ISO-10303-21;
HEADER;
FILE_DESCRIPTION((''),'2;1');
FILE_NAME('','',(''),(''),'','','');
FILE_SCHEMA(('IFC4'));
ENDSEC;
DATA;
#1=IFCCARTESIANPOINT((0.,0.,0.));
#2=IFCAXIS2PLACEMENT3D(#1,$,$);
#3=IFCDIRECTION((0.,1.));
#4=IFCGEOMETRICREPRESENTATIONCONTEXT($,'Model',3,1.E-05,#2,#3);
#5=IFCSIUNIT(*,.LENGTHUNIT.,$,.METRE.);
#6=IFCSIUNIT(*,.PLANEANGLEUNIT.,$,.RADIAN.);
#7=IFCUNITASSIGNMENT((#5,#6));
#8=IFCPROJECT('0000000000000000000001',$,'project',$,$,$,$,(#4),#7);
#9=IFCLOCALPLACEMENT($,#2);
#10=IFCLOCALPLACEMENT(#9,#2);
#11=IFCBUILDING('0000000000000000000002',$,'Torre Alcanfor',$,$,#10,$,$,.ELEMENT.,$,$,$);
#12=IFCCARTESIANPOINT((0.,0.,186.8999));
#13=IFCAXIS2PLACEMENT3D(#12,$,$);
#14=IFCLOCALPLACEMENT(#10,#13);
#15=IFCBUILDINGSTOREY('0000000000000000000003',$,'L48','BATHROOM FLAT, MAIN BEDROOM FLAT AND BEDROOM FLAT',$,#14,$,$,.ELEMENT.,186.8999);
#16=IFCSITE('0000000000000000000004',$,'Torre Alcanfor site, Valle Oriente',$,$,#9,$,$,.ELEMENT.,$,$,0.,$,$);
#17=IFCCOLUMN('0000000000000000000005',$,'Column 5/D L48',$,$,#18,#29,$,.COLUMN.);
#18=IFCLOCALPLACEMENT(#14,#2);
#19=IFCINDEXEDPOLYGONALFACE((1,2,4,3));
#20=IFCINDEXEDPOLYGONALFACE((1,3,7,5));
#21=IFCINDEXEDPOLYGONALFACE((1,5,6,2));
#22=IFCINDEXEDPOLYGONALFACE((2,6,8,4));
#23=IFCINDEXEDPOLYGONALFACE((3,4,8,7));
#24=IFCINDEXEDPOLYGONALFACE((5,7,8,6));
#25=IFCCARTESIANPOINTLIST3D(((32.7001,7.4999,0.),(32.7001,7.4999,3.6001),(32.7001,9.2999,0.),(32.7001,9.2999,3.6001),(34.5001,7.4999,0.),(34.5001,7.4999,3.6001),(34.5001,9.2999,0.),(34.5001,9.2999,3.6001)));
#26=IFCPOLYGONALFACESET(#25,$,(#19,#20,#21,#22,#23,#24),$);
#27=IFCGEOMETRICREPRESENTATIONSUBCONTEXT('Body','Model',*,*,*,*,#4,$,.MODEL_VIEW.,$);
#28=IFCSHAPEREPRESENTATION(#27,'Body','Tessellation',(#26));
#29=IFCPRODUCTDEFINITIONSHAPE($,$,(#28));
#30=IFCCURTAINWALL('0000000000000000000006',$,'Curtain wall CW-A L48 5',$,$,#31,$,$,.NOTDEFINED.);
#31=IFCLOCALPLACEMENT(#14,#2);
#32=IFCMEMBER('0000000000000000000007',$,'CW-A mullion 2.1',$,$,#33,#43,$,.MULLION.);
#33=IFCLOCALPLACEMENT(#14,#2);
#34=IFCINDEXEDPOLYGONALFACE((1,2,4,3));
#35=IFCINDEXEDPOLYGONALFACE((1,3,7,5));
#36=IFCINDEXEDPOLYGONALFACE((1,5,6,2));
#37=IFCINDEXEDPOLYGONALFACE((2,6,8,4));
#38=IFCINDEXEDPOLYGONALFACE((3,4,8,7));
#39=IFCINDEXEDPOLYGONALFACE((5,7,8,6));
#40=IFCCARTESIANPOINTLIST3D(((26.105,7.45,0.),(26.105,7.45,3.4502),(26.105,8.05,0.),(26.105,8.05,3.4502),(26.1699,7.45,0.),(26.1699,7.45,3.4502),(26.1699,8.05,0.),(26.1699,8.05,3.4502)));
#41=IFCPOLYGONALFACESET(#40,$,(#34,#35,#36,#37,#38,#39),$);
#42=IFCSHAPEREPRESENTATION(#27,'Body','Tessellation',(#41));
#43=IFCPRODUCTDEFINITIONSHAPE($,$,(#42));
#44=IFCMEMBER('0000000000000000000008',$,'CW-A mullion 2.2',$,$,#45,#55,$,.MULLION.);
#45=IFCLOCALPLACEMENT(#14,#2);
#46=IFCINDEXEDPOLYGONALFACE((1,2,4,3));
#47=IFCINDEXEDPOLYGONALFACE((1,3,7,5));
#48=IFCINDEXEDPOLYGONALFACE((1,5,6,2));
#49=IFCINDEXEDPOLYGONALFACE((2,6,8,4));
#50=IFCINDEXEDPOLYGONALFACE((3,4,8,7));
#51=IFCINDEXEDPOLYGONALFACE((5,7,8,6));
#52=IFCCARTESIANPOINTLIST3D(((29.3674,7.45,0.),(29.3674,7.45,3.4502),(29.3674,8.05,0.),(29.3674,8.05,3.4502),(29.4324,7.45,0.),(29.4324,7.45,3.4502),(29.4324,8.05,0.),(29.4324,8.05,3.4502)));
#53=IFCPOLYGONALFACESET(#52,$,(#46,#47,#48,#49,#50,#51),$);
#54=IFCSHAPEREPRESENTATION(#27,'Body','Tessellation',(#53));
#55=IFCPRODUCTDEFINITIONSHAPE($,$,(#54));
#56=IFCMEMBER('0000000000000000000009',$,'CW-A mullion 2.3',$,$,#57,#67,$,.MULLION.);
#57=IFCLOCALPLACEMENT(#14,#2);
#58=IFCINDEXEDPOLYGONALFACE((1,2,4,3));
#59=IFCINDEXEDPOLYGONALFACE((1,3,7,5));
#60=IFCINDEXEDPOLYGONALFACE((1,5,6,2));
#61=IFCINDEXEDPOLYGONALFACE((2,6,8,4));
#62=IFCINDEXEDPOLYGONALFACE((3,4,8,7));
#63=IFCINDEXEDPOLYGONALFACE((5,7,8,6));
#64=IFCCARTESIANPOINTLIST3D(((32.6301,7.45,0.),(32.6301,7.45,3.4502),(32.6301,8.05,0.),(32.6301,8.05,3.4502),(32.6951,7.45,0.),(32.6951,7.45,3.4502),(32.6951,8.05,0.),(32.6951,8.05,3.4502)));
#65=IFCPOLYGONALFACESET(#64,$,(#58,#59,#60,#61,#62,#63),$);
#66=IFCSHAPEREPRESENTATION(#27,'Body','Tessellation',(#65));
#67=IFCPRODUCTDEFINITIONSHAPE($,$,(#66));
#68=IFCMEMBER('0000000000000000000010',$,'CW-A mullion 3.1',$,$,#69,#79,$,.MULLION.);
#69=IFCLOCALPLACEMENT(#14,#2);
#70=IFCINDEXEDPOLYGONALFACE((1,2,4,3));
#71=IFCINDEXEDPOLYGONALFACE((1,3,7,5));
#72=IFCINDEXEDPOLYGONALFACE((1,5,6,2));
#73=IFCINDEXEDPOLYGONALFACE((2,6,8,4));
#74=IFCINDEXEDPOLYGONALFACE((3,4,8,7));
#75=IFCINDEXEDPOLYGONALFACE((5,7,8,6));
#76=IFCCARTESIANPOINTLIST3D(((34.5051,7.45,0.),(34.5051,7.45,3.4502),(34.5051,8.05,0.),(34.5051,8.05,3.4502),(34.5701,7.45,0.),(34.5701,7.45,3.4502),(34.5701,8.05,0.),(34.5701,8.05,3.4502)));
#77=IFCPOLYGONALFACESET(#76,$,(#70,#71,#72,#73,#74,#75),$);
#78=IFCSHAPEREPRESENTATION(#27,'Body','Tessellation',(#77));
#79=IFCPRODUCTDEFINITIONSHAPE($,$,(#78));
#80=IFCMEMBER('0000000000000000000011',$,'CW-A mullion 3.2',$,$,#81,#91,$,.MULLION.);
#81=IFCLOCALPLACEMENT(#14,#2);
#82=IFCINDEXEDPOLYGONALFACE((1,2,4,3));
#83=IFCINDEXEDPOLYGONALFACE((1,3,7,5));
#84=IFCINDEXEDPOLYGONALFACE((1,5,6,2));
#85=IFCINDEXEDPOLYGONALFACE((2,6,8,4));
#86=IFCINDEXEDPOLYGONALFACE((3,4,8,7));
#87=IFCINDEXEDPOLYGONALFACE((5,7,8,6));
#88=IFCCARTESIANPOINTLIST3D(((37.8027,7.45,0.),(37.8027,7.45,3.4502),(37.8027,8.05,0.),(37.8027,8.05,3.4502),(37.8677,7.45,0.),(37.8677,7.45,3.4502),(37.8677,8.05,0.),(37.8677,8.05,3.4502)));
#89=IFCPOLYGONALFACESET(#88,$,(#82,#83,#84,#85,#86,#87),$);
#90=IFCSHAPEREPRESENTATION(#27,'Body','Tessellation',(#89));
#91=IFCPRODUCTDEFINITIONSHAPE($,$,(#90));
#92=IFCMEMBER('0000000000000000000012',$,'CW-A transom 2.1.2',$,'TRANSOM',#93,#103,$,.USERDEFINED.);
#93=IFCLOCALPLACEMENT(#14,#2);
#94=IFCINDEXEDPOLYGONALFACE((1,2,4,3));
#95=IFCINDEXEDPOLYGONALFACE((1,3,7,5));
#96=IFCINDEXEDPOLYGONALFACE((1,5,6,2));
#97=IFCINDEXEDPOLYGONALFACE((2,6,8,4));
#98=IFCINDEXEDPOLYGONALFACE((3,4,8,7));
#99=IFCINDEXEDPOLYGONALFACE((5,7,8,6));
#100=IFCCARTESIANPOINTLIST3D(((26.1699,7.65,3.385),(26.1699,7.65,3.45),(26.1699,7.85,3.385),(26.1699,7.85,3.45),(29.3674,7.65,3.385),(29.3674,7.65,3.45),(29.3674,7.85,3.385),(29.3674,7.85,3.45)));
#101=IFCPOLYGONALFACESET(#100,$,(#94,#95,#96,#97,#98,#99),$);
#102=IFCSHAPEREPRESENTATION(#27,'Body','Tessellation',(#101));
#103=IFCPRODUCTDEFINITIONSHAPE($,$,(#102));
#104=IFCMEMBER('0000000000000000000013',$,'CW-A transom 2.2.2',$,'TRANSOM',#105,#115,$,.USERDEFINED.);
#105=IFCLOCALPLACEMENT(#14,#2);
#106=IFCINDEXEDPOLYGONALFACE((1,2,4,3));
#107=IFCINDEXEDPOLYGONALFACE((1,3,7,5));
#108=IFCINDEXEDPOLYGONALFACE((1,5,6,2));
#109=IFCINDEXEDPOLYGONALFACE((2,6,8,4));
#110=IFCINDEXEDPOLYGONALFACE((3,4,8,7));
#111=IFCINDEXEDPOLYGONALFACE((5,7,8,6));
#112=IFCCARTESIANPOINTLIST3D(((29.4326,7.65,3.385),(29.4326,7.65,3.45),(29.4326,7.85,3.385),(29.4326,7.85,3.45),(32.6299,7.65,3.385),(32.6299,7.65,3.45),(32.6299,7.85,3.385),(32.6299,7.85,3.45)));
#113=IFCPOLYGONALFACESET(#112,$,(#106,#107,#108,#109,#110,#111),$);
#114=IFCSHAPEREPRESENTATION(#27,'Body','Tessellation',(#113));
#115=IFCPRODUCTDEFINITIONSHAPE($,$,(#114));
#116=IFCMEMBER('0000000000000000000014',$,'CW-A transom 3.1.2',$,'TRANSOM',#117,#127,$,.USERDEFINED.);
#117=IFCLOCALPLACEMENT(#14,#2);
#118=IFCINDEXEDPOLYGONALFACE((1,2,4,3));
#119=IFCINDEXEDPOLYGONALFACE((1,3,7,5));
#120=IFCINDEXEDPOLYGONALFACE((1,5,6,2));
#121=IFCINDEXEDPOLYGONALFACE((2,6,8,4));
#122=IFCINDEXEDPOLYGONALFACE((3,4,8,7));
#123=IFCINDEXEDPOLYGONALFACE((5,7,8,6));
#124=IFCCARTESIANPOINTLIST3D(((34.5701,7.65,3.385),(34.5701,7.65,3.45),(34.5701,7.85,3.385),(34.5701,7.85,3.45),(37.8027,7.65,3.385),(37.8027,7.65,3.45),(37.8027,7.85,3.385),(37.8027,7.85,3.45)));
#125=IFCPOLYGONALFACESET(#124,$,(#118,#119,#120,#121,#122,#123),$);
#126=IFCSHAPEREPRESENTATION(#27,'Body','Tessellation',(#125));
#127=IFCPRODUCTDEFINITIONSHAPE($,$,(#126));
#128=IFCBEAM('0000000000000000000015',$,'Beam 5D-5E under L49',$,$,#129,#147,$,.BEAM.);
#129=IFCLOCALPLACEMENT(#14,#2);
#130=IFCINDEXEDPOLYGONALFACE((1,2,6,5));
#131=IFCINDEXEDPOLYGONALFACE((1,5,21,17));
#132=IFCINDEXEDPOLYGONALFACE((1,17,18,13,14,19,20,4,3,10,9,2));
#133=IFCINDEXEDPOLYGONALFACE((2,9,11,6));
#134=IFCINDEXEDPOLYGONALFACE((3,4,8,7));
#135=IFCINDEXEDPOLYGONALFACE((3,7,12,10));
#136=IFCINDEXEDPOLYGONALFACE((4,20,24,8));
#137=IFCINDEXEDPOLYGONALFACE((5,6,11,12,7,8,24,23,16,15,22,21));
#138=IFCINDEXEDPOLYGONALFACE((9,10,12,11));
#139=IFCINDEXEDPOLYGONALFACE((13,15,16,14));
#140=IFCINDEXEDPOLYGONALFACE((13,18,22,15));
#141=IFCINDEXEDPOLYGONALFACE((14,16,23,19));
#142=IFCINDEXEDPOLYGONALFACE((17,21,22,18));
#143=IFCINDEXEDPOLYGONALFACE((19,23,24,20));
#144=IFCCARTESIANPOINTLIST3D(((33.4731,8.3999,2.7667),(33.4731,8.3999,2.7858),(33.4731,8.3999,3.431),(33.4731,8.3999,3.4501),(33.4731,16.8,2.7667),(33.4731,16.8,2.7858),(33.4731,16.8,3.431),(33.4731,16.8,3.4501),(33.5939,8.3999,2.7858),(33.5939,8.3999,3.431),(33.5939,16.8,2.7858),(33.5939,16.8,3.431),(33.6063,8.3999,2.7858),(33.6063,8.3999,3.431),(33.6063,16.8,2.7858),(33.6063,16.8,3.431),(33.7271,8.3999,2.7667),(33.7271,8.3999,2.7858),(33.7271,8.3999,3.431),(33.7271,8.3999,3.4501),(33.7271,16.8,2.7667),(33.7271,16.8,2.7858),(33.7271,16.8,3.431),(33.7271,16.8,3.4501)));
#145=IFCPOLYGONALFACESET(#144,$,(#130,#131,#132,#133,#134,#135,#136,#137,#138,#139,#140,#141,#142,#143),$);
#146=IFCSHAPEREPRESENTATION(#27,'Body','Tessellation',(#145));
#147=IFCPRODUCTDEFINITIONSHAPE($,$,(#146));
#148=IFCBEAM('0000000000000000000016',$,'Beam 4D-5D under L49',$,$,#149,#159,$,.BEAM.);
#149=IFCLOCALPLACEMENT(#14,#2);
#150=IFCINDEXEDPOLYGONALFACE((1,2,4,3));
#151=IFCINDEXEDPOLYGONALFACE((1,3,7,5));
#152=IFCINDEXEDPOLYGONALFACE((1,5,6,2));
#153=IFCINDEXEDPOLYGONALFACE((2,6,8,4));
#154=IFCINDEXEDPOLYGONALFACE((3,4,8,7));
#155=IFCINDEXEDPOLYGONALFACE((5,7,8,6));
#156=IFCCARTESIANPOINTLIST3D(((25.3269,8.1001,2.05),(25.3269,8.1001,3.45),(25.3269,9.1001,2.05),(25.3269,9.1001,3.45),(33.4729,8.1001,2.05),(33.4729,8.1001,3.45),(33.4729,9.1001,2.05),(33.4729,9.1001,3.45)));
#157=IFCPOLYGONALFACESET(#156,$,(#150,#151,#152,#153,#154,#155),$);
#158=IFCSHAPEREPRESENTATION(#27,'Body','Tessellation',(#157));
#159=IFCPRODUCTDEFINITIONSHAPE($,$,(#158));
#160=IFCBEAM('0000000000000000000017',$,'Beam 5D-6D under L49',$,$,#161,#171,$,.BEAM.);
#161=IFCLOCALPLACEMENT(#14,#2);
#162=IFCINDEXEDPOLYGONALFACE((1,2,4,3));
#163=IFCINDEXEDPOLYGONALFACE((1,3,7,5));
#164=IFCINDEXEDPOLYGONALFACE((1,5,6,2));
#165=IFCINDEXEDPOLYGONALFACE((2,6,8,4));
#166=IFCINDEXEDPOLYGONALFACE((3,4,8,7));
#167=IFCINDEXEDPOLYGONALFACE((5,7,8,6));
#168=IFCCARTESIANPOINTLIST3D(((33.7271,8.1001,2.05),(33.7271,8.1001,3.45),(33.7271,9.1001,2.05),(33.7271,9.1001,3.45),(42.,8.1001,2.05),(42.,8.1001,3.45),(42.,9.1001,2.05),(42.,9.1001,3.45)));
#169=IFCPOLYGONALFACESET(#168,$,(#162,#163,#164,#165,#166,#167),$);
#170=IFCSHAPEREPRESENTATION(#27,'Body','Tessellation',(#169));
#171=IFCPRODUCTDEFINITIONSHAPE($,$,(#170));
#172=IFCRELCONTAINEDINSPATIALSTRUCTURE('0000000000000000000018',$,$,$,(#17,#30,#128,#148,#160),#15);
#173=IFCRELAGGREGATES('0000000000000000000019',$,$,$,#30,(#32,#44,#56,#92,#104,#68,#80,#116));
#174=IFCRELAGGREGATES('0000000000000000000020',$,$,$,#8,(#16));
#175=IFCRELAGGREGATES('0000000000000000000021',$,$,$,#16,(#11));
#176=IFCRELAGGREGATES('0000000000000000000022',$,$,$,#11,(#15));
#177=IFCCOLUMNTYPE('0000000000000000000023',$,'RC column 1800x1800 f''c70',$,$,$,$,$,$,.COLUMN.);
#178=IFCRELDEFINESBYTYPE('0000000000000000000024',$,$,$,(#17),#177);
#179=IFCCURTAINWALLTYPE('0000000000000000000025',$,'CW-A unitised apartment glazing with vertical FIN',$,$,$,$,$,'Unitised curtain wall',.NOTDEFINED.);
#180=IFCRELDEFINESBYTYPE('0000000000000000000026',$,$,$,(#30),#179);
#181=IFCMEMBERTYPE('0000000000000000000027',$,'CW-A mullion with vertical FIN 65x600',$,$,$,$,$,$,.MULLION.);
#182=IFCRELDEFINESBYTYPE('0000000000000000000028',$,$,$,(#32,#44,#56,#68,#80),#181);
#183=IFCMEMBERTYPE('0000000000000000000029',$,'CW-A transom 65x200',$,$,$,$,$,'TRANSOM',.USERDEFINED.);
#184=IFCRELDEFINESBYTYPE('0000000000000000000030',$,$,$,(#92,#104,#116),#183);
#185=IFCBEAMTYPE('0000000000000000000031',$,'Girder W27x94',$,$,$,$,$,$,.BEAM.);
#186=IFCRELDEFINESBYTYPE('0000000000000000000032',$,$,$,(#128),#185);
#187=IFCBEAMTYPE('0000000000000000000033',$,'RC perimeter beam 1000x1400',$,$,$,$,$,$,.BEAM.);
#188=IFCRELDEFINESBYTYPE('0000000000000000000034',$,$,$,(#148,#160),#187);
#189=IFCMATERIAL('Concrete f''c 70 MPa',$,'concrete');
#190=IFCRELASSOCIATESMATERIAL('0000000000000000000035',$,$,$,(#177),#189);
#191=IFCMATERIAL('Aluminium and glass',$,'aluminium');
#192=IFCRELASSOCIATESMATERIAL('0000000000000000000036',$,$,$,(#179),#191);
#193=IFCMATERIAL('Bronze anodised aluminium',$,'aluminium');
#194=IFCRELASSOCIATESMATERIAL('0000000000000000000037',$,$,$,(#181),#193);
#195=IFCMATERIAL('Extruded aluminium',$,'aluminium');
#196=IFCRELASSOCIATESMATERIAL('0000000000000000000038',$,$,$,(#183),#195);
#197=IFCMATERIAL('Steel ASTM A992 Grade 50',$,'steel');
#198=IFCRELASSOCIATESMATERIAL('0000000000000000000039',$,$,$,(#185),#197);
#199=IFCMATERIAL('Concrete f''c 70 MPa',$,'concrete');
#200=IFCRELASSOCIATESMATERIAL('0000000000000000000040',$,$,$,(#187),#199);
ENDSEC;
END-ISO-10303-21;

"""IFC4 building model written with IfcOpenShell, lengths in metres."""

from ifc_helpers import new_model, si_unit, direction, frame, origin, origin_2d, place, context, subcontext, project, spatial, rectangle, i_section, extrude, material, material_profile, profile_set, type_object, element, aggregate, save


model = new_model("IFC4")

# Units and contexts
model_context = context("Model", 3, precision=1e-05, world=origin(), true_north=direction((0.0, 1.0)))
body_context = subcontext(model_context, "Body", "Model", "MODEL_VIEW")
ifc_project = project(units=[si_unit("LENGTHUNIT", "METRE"), si_unit("PLANEANGLEUNIT", "RADIAN")], contexts=[model_context])

# Site, building, storey
site_placement = place(None, origin())
site = spatial("IfcSite", under=ifc_project, at=site_placement, Name="Torre Alcanfor site, Valle Oriente", CompositionType="ELEMENT", RefElevation=0.0)
building_placement = place(site_placement, origin())
building = spatial("IfcBuilding", under=site, at=building_placement, Name="Torre Alcanfor", CompositionType="ELEMENT")
storey_placement = place(building_placement, frame((0.0, 0.0, 186.8999)))
storey = spatial("IfcBuildingStorey", under=building, at=storey_placement, Name="L48", Description="BATHROOM FLAT, MAIN BEDROOM FLAT AND BEDROOM FLAT", CompositionType="ELEMENT", Elevation=186.8999)

# Column
ifc_material_1 = material(Name="Concrete f'c 70 MPa", Category="concrete")
ifc_material_profile_1 = material_profile(ifc_material_1, rectangle(XDim=1.8, YDim=1.8, at=origin_2d()), Name="1800x1800")
ifc_profile_set_1 = profile_set([ifc_material_profile_1], Name="Concrete f'c 70 MPa")
column_type = type_object("IfcColumnType", Name="RC column 1800x1800 f'c70", PredefinedType="COLUMN", material=ifc_profile_set_1)
column_placement = place(storey_placement, frame((33.6001, 8.3999, 0.0), z_axis=(0.0, 0.0, 1.0), x_axis=(1.0, 0.0, 0.0)))
element("IfcColumn", 1, at=column_placement, inside=storey, type_object=column_type, Name="Column 5/D L48", PredefinedType="COLUMN", context=body_context, shape_type="SweptSolid", body=[
    extrude(rectangle(XDim=1.8, YDim=1.8, at=origin_2d()), origin(), (0.0, 0.0, 1.0), 3.6001),
])

# Curtain wall, members
ifc_material_2 = material(Name="Aluminium and glass", Category="aluminium")
curtain_wall_type = type_object("IfcCurtainWallType", Name="CW-A unitised apartment glazing with vertical FIN", ElementType="Unitised curtain wall", PredefinedType="NOTDEFINED", material=ifc_material_2)
curtain_wall_placement = place(storey_placement, origin())
curtain_wall = element("IfcCurtainWall", 2, at=curtain_wall_placement, inside=storey, type_object=curtain_wall_type, Name="Curtain wall CW-A L48 5", PredefinedType="NOTDEFINED")
ifc_material_3 = material(Name="Bronze anodised aluminium", Category="aluminium")
ifc_material_profile_2 = material_profile(ifc_material_3, rectangle(XDim=0.6001, YDim=0.0649, at=origin_2d()), Name="CW-A mullion 65x600")
ifc_profile_set_2 = profile_set([ifc_material_profile_2], Name="Bronze anodised aluminium")
member_type_1 = type_object("IfcMemberType", Name="CW-A mullion with vertical FIN 65x600", PredefinedType="MULLION", material=ifc_profile_set_2)
member_1_placement = place(storey_placement, frame((26.1375, 7.75, 0.0), z_axis=(0.0, 0.0, 1.0), x_axis=(0.0, 1.0, 0.0)))
member_1 = element("IfcMember", 3, at=member_1_placement, type_object=member_type_1, Name="CW-A mullion 2.1", PredefinedType="MULLION", context=body_context, shape_type="SweptSolid", body=[
    extrude(rectangle(XDim=0.6001, YDim=0.0649, at=origin_2d()), origin(), (0.0, 0.0, 1.0), 3.4502),
])
member_2_placement = place(storey_placement, frame((29.3999, 7.75, 0.0), z_axis=(0.0, 0.0, 1.0), x_axis=(0.0, 1.0, 0.0)))
member_2 = element("IfcMember", 4, at=member_2_placement, type_object=member_type_1, Name="CW-A mullion 2.2", PredefinedType="MULLION", context=body_context, shape_type="SweptSolid", body=[
    extrude(rectangle(XDim=0.6001, YDim=0.0649, at=origin_2d()), origin(), (0.0, 0.0, 1.0), 3.4502),
])
member_3_placement = place(storey_placement, frame((32.6626, 7.75, 0.0), z_axis=(0.0, 0.0, 1.0), x_axis=(0.0, 1.0, 0.0)))
member_3 = element("IfcMember", 5, at=member_3_placement, type_object=member_type_1, Name="CW-A mullion 2.3", PredefinedType="MULLION", context=body_context, shape_type="SweptSolid", body=[
    extrude(rectangle(XDim=0.6001, YDim=0.0649, at=origin_2d()), origin(), (0.0, 0.0, 1.0), 3.4502),
])
member_4_placement = place(storey_placement, frame((34.5376, 7.75, 0.0), z_axis=(0.0, 0.0, 1.0), x_axis=(0.0, 1.0, 0.0)))
member_4 = element("IfcMember", 6, at=member_4_placement, type_object=member_type_1, Name="CW-A mullion 3.1", PredefinedType="MULLION", context=body_context, shape_type="SweptSolid", body=[
    extrude(rectangle(XDim=0.6001, YDim=0.0649, at=origin_2d()), origin(), (0.0, 0.0, 1.0), 3.4502),
])
member_5_placement = place(storey_placement, frame((37.8352, 7.75, 0.0), z_axis=(0.0, 0.0, 1.0), x_axis=(0.0, 1.0, 0.0)))
member_5 = element("IfcMember", 7, at=member_5_placement, type_object=member_type_1, Name="CW-A mullion 3.2", PredefinedType="MULLION", context=body_context, shape_type="SweptSolid", body=[
    extrude(rectangle(XDim=0.6001, YDim=0.0649, at=origin_2d()), origin(), (0.0, 0.0, 1.0), 3.4502),
])
ifc_material_4 = material(Name="Extruded aluminium", Category="aluminium")
ifc_material_profile_3 = material_profile(ifc_material_4, rectangle(XDim=0.2, YDim=0.0649, at=origin_2d()), Name="CW-A transom 200x65")
ifc_profile_set_3 = profile_set([ifc_material_profile_3], Name="Extruded aluminium")
member_type_2 = type_object("IfcMemberType", Name="CW-A transom 65x200", ElementType="TRANSOM", PredefinedType="USERDEFINED", material=ifc_profile_set_3)
member_6_placement = place(storey_placement, frame((26.1699, 7.75, 3.4175), z_axis=(1.0, 0.0, 0.0), x_axis=(0.0, 1.0, 0.0)))
member_6 = element("IfcMember", 8, at=member_6_placement, type_object=member_type_2, Name="CW-A transom 2.1.2", ObjectType="TRANSOM", PredefinedType="USERDEFINED", context=body_context, shape_type="SweptSolid", body=[
    extrude(rectangle(XDim=0.2, YDim=0.0649, at=origin_2d()), origin(), (0.0, 0.0, 1.0), 3.1975),
])
member_7_placement = place(storey_placement, frame((29.4326, 7.75, 3.4175), z_axis=(1.0, 0.0, 0.0), x_axis=(0.0, 1.0, 0.0)))
member_7 = element("IfcMember", 9, at=member_7_placement, type_object=member_type_2, Name="CW-A transom 2.2.2", ObjectType="TRANSOM", PredefinedType="USERDEFINED", context=body_context, shape_type="SweptSolid", body=[
    extrude(rectangle(XDim=0.2, YDim=0.0649, at=origin_2d()), origin(), (0.0, 0.0, 1.0), 3.1973),
])
member_8_placement = place(storey_placement, frame((34.5701, 7.75, 3.4175), z_axis=(1.0, 0.0, 0.0), x_axis=(0.0, 1.0, 0.0)))
member_8 = element("IfcMember", 10, at=member_8_placement, type_object=member_type_2, Name="CW-A transom 3.1.2", ObjectType="TRANSOM", PredefinedType="USERDEFINED", context=body_context, shape_type="SweptSolid", body=[
    extrude(rectangle(XDim=0.2, YDim=0.0649, at=origin_2d()), origin(), (0.0, 0.0, 1.0), 3.2327),
])

# Beams
ifc_material_5 = material(Name="Steel ASTM A992 Grade 50", Category="steel")
ifc_material_profile_4 = material_profile(ifc_material_5, i_section(OverallWidth=0.2539, OverallDepth=0.6833, WebThickness=0.0125, FlangeThickness=0.019, at=origin_2d()), Name="W27x94")
ifc_profile_set_4 = profile_set([ifc_material_profile_4], Name="Steel ASTM A992 Grade 50")
beam_type_1 = type_object("IfcBeamType", Name="Girder W27x94", PredefinedType="BEAM", material=ifc_profile_set_4)
beam_1_placement = place(storey_placement, frame((33.6001, 8.3999, 3.1084), z_axis=(0.0, 1.0, 0.0), x_axis=(-1.0, 0.0, 0.0)))
element("IfcBeam", 11, at=beam_1_placement, inside=storey, type_object=beam_type_1, Name="Beam 5D-5E under L49", PredefinedType="BEAM", context=body_context, shape_type="SweptSolid", body=[
    extrude(i_section(OverallWidth=0.2539, OverallDepth=0.6833, WebThickness=0.0125, FlangeThickness=0.019, at=origin_2d()), origin(), (0.0, 0.0, 1.0), 8.4001),
])
ifc_material_6 = material(Name="Concrete f'c 70 MPa", Category="concrete")
ifc_material_profile_5 = material_profile(ifc_material_6, rectangle(XDim=1.0, YDim=1.3999, at=origin_2d()), Name="1000x1400")
ifc_profile_set_5 = profile_set([ifc_material_profile_5], Name="Concrete f'c 70 MPa")
beam_type_2 = type_object("IfcBeamType", Name="RC perimeter beam 1000x1400", PredefinedType="BEAM", material=ifc_profile_set_5)
beam_2_placement = place(storey_placement, frame((25.3269, 8.6001, 2.75), z_axis=(1.0, 0.0, 0.0), x_axis=(0.0, 1.0, 0.0)))
element("IfcBeam", 12, at=beam_2_placement, inside=storey, type_object=beam_type_2, Name="Beam 4D-5D under L49", PredefinedType="BEAM", context=body_context, shape_type="SweptSolid", body=[
    extrude(rectangle(XDim=1.0, YDim=1.3999, at=origin_2d()), origin(), (0.0, 0.0, 1.0), 8.146),
])
beam_3_placement = place(storey_placement, frame((33.7271, 8.6001, 2.75), z_axis=(1.0, 0.0, 0.0), x_axis=(0.0, 1.0, 0.0)))
element("IfcBeam", 13, at=beam_3_placement, inside=storey, type_object=beam_type_2, Name="Beam 5D-6D under L49", PredefinedType="BEAM", context=body_context, shape_type="SweptSolid", body=[
    extrude(rectangle(XDim=1.0, YDim=1.3999, at=origin_2d()), origin(), (0.0, 0.0, 1.0), 8.2729),
])

aggregate(curtain_wall, [member_1, member_2, member_3, member_6, member_7, member_4, member_5, member_8])

save(model, "model.ifc")
